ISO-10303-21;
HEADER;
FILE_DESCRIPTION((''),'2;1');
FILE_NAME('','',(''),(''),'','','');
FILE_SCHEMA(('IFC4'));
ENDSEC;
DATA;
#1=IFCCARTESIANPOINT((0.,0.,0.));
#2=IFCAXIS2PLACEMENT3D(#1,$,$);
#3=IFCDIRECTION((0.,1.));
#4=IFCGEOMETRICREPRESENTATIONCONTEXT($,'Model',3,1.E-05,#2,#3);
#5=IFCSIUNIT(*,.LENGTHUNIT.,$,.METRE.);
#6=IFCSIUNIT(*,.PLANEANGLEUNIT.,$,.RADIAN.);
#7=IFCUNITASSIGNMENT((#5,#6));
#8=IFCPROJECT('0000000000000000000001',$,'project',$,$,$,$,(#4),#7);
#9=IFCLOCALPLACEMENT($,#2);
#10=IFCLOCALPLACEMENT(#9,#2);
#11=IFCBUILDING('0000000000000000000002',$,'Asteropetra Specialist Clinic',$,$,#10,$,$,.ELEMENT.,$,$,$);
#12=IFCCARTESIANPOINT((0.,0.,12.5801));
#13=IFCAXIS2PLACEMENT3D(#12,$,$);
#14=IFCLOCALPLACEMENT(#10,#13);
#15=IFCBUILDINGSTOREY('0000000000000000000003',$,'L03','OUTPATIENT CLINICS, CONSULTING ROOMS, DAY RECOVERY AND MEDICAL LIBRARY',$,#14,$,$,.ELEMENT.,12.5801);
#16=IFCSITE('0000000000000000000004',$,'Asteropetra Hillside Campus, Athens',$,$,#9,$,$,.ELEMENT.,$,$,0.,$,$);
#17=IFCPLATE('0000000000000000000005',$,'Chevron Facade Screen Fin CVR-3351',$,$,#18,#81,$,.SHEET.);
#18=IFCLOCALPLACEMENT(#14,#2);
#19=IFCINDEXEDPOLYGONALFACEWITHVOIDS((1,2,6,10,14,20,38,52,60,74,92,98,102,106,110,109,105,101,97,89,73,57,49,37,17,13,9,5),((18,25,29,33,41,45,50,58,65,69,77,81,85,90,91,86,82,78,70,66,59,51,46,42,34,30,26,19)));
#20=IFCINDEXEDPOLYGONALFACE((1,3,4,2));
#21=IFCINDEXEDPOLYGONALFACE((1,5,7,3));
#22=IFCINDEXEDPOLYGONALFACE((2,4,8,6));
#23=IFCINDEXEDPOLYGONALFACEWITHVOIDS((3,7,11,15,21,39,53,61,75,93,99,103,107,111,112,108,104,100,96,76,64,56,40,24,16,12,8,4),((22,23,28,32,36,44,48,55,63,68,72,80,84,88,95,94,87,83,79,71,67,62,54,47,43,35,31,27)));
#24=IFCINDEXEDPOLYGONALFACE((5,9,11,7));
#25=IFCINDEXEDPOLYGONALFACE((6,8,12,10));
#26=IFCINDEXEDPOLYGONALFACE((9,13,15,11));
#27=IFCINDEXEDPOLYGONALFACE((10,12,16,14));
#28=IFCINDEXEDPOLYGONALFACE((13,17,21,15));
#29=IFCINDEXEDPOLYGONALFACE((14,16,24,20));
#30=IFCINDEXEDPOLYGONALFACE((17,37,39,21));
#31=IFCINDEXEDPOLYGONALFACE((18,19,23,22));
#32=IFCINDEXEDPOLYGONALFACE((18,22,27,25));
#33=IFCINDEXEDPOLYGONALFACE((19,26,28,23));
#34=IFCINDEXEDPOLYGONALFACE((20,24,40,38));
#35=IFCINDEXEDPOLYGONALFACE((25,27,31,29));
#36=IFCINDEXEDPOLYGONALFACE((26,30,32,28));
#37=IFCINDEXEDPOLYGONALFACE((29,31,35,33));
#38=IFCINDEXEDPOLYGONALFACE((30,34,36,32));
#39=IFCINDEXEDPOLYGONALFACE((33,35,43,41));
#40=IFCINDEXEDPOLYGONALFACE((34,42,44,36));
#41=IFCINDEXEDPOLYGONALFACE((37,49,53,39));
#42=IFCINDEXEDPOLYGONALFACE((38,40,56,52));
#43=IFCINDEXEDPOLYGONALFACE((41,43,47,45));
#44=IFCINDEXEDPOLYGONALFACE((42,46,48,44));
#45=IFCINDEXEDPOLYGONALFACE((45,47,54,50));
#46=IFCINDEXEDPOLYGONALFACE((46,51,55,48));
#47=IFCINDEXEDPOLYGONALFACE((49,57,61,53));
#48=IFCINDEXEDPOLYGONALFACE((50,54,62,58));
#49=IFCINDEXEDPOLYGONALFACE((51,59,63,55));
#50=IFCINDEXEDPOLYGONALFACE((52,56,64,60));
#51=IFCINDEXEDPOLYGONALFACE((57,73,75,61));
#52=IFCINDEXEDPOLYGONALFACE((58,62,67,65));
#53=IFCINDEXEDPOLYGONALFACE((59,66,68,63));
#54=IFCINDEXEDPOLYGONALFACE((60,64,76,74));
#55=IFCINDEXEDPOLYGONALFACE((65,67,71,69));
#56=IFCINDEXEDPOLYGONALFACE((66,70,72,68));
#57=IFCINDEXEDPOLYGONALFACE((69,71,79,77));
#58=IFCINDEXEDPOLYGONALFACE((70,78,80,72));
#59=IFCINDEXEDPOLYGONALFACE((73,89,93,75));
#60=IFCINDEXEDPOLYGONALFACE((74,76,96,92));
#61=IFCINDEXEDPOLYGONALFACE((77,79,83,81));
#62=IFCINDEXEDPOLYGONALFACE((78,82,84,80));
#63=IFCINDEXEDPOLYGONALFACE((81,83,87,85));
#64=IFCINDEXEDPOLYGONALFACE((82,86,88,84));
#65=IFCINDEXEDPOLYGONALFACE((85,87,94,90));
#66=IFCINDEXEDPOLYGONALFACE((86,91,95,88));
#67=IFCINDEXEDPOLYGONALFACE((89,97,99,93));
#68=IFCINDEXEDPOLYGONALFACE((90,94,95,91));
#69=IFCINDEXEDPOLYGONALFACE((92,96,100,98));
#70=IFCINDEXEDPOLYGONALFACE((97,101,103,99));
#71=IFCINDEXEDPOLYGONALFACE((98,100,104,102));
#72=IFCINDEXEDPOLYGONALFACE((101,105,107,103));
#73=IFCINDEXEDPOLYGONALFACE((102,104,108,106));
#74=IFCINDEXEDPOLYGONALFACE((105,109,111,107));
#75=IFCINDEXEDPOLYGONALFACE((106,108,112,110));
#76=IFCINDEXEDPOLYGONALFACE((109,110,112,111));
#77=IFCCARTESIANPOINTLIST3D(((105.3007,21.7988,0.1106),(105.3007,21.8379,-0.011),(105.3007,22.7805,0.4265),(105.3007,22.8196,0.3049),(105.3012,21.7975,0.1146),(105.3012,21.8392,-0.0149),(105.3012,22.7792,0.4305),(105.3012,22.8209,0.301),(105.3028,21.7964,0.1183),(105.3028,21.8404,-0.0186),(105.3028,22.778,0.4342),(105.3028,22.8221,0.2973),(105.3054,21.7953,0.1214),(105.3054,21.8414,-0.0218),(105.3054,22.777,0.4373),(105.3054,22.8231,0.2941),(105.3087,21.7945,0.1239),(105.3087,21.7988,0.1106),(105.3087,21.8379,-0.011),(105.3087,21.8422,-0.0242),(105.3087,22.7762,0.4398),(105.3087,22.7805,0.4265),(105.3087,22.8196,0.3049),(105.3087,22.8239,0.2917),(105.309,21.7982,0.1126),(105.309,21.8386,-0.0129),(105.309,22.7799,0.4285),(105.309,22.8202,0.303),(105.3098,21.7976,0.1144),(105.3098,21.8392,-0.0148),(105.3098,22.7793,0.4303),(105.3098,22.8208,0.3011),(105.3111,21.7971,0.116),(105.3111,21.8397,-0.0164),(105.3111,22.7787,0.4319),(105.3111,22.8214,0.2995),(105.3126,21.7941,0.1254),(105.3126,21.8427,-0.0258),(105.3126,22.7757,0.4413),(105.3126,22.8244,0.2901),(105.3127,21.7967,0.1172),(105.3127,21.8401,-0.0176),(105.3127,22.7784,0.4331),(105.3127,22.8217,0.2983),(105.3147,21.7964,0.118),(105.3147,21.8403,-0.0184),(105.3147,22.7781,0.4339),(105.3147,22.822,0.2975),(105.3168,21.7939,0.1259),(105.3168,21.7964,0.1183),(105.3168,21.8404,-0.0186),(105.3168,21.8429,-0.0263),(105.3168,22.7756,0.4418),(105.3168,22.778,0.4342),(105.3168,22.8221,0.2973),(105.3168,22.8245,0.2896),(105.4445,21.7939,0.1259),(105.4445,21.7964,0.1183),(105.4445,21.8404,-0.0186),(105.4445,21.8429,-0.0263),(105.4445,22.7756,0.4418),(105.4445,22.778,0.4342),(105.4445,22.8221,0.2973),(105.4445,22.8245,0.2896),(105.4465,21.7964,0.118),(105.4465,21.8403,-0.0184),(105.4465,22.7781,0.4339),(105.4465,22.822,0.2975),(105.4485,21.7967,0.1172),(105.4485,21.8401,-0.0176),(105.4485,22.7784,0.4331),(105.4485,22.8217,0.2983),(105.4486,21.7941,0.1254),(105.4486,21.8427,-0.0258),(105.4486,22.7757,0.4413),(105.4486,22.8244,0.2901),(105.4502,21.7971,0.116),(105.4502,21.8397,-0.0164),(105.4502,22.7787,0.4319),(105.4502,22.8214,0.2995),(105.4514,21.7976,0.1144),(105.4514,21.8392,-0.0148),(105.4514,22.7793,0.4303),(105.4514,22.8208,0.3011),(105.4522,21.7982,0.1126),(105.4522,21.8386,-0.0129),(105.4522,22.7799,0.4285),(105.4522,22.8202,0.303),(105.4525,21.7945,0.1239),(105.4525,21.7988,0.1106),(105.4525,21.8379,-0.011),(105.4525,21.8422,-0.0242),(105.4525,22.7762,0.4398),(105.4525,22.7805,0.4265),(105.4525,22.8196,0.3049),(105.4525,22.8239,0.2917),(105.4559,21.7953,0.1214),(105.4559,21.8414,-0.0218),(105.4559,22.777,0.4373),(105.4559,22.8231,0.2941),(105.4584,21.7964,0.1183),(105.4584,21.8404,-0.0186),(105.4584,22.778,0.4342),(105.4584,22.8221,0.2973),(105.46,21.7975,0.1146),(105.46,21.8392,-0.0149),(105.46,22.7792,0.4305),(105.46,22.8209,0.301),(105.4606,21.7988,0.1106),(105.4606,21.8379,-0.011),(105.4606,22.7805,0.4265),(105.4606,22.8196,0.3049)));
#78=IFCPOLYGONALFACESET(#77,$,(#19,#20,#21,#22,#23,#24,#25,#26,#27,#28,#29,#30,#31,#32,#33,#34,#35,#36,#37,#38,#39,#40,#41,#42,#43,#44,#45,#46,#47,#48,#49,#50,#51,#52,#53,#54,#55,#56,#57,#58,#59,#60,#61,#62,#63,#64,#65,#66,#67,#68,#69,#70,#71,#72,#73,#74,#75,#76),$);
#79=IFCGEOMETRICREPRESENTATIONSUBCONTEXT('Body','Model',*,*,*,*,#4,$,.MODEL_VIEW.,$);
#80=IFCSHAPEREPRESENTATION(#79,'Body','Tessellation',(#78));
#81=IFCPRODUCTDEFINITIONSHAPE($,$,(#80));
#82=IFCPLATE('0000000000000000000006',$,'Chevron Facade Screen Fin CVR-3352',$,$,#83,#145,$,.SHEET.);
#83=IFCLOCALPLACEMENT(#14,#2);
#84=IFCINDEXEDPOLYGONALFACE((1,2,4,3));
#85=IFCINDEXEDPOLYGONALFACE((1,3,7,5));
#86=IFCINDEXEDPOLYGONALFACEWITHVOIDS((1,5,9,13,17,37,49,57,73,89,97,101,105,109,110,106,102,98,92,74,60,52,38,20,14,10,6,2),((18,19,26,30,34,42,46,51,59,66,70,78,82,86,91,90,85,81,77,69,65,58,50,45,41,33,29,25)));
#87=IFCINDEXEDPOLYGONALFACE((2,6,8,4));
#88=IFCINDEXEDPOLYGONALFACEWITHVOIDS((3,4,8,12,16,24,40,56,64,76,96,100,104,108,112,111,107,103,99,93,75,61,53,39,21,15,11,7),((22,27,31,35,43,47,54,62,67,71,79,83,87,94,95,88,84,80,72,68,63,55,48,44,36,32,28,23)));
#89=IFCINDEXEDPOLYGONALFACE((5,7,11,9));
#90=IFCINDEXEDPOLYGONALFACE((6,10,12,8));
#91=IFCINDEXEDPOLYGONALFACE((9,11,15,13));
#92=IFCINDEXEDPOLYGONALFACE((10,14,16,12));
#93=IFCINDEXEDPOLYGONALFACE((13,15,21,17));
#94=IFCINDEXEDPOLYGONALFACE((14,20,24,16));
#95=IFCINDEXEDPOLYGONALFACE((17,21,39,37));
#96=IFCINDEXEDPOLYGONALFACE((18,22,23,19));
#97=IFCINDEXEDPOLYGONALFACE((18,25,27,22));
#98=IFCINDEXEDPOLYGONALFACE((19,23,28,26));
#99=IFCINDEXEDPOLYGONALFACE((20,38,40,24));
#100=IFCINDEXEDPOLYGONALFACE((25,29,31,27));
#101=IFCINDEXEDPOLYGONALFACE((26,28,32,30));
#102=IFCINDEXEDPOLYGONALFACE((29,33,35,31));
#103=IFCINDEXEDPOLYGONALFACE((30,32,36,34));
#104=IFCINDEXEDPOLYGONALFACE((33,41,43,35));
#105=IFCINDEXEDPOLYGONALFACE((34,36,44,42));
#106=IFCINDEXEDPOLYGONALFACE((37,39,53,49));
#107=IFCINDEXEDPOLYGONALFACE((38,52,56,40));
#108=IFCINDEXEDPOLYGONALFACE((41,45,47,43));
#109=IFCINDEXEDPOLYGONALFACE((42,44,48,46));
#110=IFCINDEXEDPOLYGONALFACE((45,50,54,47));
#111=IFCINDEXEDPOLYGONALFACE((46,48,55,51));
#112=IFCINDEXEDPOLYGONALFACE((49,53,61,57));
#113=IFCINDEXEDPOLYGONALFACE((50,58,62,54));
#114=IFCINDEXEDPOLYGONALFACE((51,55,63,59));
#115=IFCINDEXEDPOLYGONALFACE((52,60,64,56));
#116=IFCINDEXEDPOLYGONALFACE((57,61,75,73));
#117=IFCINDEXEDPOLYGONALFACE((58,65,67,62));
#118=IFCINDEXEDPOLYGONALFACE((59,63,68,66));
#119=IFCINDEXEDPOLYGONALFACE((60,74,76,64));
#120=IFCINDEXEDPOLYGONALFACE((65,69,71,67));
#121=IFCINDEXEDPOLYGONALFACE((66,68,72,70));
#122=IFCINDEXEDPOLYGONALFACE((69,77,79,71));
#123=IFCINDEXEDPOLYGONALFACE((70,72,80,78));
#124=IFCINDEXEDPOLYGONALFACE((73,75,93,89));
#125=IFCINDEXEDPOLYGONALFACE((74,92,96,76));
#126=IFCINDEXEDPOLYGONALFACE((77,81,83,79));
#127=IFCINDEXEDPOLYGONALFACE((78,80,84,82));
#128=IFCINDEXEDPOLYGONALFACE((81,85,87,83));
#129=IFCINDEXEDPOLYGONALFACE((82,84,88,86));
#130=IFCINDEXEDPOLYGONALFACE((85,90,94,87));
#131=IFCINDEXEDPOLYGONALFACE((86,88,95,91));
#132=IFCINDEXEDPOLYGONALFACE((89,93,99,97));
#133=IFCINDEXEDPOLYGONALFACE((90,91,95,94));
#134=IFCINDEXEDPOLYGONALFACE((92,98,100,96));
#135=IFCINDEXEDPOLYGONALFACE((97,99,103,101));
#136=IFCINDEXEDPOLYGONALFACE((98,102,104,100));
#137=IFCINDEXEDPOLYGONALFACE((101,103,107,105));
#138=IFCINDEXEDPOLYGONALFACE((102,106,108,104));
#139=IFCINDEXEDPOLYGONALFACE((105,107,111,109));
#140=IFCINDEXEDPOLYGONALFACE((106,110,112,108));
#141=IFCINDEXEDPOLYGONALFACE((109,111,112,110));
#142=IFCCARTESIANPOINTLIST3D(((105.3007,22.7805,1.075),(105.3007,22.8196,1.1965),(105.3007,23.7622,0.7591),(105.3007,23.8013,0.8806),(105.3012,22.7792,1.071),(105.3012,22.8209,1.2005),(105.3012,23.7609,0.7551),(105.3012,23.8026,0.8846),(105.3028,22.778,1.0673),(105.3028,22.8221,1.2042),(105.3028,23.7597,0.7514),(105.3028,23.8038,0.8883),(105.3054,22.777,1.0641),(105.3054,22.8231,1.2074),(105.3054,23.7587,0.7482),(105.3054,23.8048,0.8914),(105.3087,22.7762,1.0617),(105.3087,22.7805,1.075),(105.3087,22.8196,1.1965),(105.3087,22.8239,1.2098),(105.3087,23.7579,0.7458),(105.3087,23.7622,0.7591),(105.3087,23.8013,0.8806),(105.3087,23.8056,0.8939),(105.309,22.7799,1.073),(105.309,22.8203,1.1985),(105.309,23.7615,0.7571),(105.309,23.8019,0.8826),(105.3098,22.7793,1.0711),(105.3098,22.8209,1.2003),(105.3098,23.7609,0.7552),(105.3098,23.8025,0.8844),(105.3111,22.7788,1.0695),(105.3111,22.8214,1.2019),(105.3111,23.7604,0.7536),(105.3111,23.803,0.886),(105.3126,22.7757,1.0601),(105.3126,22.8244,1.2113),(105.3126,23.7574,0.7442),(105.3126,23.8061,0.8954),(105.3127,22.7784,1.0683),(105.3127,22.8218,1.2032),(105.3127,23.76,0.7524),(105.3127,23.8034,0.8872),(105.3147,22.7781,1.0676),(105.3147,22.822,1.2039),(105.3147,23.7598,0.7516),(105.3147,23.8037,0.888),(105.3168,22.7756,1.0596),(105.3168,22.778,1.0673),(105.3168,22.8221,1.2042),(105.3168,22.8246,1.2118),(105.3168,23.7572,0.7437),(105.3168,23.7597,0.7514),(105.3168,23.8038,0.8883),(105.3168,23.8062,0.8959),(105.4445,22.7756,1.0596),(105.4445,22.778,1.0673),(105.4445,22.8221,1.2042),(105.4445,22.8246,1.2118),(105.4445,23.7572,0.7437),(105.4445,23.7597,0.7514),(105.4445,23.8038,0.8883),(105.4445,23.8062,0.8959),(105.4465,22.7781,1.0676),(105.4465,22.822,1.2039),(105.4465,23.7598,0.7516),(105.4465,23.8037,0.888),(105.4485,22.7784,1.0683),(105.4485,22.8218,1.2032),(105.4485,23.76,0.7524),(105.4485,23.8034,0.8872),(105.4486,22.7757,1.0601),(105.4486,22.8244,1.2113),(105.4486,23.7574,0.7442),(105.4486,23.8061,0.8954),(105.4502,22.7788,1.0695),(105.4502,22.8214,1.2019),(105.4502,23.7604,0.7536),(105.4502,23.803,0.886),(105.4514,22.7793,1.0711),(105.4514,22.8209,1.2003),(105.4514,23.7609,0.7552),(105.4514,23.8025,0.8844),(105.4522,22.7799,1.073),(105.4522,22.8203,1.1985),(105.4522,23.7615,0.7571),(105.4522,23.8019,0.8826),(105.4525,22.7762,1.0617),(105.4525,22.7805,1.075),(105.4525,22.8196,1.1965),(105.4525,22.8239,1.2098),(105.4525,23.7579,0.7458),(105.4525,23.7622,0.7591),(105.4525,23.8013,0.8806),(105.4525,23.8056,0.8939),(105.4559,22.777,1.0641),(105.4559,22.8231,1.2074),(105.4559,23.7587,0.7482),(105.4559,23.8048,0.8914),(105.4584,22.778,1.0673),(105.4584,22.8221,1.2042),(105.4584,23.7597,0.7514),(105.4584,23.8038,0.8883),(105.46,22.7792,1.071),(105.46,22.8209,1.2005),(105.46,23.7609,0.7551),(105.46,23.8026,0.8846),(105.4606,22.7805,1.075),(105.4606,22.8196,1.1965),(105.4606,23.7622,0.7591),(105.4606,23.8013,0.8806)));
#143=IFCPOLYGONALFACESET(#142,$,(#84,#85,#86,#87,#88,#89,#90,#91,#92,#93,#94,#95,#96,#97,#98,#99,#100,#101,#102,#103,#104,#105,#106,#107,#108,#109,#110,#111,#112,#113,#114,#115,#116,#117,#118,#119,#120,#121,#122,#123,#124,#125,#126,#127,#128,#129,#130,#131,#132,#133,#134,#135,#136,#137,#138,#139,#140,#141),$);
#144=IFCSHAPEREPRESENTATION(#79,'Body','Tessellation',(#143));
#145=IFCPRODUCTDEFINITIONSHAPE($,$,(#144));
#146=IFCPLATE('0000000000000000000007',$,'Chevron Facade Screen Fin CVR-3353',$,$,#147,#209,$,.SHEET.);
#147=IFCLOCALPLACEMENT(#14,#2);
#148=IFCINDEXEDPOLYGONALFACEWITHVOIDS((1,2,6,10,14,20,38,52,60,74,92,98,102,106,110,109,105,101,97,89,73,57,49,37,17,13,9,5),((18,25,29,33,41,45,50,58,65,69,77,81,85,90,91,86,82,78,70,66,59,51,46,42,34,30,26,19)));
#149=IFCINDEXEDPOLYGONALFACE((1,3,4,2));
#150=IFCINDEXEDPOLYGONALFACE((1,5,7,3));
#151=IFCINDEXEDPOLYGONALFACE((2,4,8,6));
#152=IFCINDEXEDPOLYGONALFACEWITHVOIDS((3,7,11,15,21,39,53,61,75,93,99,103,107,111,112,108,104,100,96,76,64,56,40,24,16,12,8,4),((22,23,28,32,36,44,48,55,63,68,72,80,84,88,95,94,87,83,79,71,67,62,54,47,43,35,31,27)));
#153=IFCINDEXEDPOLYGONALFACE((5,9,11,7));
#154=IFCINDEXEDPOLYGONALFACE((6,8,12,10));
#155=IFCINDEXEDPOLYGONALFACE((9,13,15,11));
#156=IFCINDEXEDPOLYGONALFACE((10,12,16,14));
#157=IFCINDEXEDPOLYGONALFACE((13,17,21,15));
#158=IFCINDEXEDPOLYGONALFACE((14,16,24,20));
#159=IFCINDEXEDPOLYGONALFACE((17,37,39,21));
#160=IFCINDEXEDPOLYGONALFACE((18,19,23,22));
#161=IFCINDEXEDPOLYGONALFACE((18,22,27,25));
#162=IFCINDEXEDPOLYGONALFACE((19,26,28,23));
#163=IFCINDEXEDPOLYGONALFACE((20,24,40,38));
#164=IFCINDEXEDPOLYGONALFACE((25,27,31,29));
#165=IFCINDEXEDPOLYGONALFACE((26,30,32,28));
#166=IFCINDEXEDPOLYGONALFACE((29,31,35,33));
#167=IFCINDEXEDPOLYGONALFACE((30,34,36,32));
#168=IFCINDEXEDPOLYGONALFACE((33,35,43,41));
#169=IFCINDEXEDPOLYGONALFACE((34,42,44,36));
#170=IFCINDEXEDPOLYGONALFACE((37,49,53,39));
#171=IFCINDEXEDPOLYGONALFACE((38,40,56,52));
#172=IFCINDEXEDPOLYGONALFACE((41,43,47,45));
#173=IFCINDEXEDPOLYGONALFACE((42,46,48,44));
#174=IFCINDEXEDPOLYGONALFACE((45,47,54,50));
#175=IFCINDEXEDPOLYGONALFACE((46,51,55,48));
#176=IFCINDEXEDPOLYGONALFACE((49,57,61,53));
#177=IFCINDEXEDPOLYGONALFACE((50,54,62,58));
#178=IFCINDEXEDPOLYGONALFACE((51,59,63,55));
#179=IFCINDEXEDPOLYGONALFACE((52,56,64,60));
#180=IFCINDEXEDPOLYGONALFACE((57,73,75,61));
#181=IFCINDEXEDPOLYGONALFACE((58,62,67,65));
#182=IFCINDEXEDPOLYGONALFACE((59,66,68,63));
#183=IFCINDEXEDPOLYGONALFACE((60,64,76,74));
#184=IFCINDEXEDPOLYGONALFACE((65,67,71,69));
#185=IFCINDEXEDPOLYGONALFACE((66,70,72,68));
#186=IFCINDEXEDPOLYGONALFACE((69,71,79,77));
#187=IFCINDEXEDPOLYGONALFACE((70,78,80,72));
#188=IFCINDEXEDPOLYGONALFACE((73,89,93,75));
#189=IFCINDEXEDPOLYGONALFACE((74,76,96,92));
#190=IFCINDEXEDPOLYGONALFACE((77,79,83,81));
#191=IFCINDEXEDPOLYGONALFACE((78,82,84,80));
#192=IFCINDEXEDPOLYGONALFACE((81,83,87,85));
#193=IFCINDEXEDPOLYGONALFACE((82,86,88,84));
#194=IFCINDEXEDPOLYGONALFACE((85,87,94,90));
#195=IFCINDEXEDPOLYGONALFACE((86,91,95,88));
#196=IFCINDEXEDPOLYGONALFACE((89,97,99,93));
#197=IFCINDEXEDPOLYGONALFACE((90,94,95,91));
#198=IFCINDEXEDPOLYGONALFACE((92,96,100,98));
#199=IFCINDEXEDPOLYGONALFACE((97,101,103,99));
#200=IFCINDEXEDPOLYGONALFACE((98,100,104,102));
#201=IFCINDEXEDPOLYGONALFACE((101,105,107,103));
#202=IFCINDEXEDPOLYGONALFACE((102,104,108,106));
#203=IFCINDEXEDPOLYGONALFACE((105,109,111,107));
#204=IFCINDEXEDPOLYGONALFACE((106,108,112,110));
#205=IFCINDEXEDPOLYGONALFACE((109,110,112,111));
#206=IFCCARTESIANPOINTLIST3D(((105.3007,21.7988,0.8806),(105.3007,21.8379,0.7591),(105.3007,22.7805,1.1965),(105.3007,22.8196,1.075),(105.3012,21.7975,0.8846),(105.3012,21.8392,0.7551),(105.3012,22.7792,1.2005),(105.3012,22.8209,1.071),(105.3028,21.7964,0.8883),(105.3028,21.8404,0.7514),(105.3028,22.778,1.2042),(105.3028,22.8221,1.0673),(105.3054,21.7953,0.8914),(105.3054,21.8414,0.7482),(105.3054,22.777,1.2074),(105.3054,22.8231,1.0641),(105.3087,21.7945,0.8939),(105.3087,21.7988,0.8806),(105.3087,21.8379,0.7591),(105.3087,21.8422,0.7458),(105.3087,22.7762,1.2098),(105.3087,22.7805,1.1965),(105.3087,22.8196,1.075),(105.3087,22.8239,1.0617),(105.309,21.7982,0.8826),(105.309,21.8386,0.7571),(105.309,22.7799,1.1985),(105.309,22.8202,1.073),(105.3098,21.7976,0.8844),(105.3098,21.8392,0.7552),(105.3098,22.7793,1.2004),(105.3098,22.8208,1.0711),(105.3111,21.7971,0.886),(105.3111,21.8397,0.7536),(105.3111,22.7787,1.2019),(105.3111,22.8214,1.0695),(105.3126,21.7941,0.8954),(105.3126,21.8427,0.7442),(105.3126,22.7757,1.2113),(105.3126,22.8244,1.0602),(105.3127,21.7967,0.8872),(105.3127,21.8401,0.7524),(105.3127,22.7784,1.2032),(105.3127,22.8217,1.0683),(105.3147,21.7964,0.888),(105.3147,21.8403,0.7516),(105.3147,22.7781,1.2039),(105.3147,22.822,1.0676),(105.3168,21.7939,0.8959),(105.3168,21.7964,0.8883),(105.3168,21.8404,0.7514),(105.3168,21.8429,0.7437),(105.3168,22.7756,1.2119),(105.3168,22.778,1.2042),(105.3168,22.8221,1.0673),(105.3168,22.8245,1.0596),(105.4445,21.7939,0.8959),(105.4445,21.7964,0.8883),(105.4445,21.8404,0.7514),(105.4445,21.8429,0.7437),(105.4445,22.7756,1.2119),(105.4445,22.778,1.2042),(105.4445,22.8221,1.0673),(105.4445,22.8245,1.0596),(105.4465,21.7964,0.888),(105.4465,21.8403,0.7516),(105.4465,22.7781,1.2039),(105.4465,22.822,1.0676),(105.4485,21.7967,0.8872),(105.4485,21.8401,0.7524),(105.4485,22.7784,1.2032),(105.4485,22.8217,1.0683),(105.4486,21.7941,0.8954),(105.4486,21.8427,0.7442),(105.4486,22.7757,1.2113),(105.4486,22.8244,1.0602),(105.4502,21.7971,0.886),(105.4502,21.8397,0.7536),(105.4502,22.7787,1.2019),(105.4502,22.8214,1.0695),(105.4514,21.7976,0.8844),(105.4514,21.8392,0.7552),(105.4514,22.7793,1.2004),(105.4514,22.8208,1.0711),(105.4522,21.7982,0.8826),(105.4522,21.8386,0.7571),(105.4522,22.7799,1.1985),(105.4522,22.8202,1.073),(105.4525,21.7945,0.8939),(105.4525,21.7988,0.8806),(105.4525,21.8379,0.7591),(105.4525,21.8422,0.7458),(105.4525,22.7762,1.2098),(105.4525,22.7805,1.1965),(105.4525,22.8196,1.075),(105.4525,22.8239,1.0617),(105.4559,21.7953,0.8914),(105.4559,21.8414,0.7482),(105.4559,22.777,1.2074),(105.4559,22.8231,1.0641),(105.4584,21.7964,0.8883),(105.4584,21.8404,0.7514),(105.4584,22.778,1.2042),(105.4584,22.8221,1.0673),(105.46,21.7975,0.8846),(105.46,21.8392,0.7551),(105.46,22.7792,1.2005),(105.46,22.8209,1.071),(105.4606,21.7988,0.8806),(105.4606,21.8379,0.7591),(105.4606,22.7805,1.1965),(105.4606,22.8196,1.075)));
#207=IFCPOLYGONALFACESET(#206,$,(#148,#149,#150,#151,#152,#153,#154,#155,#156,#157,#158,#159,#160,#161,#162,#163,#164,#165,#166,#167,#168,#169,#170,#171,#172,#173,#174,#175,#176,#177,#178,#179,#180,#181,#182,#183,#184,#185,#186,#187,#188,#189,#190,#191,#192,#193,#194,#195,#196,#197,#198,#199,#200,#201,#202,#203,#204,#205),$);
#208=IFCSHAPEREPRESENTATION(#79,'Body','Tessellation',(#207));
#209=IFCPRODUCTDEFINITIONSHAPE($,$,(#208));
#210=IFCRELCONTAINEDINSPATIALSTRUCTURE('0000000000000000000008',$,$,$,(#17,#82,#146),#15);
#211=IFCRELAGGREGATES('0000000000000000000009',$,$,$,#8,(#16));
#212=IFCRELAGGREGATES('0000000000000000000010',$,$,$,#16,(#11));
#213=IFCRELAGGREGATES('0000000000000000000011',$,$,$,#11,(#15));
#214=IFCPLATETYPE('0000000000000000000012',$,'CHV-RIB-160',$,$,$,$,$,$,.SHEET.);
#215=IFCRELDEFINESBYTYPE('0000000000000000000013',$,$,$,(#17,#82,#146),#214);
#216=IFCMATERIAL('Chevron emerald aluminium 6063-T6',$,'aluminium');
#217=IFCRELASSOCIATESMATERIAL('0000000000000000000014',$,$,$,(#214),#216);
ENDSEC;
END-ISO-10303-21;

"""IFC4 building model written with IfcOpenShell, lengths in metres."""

from ifc_helpers import new_model, si_unit, direction, frame, origin, origin_2d, place, context, subcontext, project, spatial, hollow_rectangle, extrude, material, material_profile, profile_set, type_object, element, save


model = new_model("IFC4")

# Units and contexts
model_context = context("Model", 3, precision=1e-05, world=origin(), true_north=direction((0.0, 1.0)))
body_context = subcontext(model_context, "Body", "Model", "MODEL_VIEW")
ifc_project = project(units=[si_unit("LENGTHUNIT", "METRE"), si_unit("PLANEANGLEUNIT", "RADIAN")], contexts=[model_context])

# Site, building, storey
site_placement = place(None, origin())
site = spatial("IfcSite", under=ifc_project, at=site_placement, Name="Asteropetra Hillside Campus, Athens", CompositionType="ELEMENT", RefElevation=0.0)
building_placement = place(site_placement, origin())
building = spatial("IfcBuilding", under=site, at=building_placement, Name="Asteropetra Specialist Clinic", CompositionType="ELEMENT")
storey_placement = place(building_placement, frame((0.0, 0.0, 12.5801)))
storey = spatial("IfcBuildingStorey", under=building, at=storey_placement, Name="L03", Description="OUTPATIENT CLINICS, CONSULTING ROOMS, DAY RECOVERY AND MEDICAL LIBRARY", CompositionType="ELEMENT", Elevation=12.5801)

# Plates
ifc_material_1 = material(Name="Chevron emerald aluminium 6063-T6", Category="aluminium")
ifc_material_profile_1 = material_profile(ifc_material_1, hollow_rectangle(XDim=0.1599, YDim=0.1599, WallThickness=0.0081, InnerFilletRadius=0.0081, OuterFilletRadius=0.0161, at=origin_2d()), Name="SHS 160x160x8.0")
ifc_profile_set_1 = profile_set([ifc_material_profile_1], Name="Chevron emerald aluminium 6063-T6")
plate_type = type_object("IfcPlateType", Name="CHV-RIB-160", PredefinedType="SHEET", material=ifc_profile_set_1)
for number, where, z_axis, x_axis, name in (
    (1, (105.3806, 22.8, 0.3657), (0.0, -0.951923, -0.306339), (1.0, 0.0, 0.0), "Chevron Facade Screen Fin CVR-3351"),
    (2, (105.3806, 23.7817, 0.8198), (0.0, -0.951923, 0.306339), (1.0, 0.0, 0.0), "Chevron Facade Screen Fin CVR-3352"),
    (3, (105.3806, 22.8, 1.1357), (0.0, -0.951923, -0.306339), (1.0, 0.0, 0.0), "Chevron Facade Screen Fin CVR-3353"),
):
    element("IfcPlate", number, at=place(storey_placement, frame(where, z_axis=z_axis, x_axis=x_axis)), inside=storey, type_object=plate_type, Name=name, PredefinedType="SHEET", context=body_context, shape_type="SweptSolid", body=[
        extrude(hollow_rectangle(XDim=0.1599, YDim=0.1599, WallThickness=0.0081, InnerFilletRadius=0.0081, OuterFilletRadius=0.0161, at=origin_2d()), origin(), (0.0, 0.0, 1.0), 1.0312),
    ])

save(model, "model.ifc")
